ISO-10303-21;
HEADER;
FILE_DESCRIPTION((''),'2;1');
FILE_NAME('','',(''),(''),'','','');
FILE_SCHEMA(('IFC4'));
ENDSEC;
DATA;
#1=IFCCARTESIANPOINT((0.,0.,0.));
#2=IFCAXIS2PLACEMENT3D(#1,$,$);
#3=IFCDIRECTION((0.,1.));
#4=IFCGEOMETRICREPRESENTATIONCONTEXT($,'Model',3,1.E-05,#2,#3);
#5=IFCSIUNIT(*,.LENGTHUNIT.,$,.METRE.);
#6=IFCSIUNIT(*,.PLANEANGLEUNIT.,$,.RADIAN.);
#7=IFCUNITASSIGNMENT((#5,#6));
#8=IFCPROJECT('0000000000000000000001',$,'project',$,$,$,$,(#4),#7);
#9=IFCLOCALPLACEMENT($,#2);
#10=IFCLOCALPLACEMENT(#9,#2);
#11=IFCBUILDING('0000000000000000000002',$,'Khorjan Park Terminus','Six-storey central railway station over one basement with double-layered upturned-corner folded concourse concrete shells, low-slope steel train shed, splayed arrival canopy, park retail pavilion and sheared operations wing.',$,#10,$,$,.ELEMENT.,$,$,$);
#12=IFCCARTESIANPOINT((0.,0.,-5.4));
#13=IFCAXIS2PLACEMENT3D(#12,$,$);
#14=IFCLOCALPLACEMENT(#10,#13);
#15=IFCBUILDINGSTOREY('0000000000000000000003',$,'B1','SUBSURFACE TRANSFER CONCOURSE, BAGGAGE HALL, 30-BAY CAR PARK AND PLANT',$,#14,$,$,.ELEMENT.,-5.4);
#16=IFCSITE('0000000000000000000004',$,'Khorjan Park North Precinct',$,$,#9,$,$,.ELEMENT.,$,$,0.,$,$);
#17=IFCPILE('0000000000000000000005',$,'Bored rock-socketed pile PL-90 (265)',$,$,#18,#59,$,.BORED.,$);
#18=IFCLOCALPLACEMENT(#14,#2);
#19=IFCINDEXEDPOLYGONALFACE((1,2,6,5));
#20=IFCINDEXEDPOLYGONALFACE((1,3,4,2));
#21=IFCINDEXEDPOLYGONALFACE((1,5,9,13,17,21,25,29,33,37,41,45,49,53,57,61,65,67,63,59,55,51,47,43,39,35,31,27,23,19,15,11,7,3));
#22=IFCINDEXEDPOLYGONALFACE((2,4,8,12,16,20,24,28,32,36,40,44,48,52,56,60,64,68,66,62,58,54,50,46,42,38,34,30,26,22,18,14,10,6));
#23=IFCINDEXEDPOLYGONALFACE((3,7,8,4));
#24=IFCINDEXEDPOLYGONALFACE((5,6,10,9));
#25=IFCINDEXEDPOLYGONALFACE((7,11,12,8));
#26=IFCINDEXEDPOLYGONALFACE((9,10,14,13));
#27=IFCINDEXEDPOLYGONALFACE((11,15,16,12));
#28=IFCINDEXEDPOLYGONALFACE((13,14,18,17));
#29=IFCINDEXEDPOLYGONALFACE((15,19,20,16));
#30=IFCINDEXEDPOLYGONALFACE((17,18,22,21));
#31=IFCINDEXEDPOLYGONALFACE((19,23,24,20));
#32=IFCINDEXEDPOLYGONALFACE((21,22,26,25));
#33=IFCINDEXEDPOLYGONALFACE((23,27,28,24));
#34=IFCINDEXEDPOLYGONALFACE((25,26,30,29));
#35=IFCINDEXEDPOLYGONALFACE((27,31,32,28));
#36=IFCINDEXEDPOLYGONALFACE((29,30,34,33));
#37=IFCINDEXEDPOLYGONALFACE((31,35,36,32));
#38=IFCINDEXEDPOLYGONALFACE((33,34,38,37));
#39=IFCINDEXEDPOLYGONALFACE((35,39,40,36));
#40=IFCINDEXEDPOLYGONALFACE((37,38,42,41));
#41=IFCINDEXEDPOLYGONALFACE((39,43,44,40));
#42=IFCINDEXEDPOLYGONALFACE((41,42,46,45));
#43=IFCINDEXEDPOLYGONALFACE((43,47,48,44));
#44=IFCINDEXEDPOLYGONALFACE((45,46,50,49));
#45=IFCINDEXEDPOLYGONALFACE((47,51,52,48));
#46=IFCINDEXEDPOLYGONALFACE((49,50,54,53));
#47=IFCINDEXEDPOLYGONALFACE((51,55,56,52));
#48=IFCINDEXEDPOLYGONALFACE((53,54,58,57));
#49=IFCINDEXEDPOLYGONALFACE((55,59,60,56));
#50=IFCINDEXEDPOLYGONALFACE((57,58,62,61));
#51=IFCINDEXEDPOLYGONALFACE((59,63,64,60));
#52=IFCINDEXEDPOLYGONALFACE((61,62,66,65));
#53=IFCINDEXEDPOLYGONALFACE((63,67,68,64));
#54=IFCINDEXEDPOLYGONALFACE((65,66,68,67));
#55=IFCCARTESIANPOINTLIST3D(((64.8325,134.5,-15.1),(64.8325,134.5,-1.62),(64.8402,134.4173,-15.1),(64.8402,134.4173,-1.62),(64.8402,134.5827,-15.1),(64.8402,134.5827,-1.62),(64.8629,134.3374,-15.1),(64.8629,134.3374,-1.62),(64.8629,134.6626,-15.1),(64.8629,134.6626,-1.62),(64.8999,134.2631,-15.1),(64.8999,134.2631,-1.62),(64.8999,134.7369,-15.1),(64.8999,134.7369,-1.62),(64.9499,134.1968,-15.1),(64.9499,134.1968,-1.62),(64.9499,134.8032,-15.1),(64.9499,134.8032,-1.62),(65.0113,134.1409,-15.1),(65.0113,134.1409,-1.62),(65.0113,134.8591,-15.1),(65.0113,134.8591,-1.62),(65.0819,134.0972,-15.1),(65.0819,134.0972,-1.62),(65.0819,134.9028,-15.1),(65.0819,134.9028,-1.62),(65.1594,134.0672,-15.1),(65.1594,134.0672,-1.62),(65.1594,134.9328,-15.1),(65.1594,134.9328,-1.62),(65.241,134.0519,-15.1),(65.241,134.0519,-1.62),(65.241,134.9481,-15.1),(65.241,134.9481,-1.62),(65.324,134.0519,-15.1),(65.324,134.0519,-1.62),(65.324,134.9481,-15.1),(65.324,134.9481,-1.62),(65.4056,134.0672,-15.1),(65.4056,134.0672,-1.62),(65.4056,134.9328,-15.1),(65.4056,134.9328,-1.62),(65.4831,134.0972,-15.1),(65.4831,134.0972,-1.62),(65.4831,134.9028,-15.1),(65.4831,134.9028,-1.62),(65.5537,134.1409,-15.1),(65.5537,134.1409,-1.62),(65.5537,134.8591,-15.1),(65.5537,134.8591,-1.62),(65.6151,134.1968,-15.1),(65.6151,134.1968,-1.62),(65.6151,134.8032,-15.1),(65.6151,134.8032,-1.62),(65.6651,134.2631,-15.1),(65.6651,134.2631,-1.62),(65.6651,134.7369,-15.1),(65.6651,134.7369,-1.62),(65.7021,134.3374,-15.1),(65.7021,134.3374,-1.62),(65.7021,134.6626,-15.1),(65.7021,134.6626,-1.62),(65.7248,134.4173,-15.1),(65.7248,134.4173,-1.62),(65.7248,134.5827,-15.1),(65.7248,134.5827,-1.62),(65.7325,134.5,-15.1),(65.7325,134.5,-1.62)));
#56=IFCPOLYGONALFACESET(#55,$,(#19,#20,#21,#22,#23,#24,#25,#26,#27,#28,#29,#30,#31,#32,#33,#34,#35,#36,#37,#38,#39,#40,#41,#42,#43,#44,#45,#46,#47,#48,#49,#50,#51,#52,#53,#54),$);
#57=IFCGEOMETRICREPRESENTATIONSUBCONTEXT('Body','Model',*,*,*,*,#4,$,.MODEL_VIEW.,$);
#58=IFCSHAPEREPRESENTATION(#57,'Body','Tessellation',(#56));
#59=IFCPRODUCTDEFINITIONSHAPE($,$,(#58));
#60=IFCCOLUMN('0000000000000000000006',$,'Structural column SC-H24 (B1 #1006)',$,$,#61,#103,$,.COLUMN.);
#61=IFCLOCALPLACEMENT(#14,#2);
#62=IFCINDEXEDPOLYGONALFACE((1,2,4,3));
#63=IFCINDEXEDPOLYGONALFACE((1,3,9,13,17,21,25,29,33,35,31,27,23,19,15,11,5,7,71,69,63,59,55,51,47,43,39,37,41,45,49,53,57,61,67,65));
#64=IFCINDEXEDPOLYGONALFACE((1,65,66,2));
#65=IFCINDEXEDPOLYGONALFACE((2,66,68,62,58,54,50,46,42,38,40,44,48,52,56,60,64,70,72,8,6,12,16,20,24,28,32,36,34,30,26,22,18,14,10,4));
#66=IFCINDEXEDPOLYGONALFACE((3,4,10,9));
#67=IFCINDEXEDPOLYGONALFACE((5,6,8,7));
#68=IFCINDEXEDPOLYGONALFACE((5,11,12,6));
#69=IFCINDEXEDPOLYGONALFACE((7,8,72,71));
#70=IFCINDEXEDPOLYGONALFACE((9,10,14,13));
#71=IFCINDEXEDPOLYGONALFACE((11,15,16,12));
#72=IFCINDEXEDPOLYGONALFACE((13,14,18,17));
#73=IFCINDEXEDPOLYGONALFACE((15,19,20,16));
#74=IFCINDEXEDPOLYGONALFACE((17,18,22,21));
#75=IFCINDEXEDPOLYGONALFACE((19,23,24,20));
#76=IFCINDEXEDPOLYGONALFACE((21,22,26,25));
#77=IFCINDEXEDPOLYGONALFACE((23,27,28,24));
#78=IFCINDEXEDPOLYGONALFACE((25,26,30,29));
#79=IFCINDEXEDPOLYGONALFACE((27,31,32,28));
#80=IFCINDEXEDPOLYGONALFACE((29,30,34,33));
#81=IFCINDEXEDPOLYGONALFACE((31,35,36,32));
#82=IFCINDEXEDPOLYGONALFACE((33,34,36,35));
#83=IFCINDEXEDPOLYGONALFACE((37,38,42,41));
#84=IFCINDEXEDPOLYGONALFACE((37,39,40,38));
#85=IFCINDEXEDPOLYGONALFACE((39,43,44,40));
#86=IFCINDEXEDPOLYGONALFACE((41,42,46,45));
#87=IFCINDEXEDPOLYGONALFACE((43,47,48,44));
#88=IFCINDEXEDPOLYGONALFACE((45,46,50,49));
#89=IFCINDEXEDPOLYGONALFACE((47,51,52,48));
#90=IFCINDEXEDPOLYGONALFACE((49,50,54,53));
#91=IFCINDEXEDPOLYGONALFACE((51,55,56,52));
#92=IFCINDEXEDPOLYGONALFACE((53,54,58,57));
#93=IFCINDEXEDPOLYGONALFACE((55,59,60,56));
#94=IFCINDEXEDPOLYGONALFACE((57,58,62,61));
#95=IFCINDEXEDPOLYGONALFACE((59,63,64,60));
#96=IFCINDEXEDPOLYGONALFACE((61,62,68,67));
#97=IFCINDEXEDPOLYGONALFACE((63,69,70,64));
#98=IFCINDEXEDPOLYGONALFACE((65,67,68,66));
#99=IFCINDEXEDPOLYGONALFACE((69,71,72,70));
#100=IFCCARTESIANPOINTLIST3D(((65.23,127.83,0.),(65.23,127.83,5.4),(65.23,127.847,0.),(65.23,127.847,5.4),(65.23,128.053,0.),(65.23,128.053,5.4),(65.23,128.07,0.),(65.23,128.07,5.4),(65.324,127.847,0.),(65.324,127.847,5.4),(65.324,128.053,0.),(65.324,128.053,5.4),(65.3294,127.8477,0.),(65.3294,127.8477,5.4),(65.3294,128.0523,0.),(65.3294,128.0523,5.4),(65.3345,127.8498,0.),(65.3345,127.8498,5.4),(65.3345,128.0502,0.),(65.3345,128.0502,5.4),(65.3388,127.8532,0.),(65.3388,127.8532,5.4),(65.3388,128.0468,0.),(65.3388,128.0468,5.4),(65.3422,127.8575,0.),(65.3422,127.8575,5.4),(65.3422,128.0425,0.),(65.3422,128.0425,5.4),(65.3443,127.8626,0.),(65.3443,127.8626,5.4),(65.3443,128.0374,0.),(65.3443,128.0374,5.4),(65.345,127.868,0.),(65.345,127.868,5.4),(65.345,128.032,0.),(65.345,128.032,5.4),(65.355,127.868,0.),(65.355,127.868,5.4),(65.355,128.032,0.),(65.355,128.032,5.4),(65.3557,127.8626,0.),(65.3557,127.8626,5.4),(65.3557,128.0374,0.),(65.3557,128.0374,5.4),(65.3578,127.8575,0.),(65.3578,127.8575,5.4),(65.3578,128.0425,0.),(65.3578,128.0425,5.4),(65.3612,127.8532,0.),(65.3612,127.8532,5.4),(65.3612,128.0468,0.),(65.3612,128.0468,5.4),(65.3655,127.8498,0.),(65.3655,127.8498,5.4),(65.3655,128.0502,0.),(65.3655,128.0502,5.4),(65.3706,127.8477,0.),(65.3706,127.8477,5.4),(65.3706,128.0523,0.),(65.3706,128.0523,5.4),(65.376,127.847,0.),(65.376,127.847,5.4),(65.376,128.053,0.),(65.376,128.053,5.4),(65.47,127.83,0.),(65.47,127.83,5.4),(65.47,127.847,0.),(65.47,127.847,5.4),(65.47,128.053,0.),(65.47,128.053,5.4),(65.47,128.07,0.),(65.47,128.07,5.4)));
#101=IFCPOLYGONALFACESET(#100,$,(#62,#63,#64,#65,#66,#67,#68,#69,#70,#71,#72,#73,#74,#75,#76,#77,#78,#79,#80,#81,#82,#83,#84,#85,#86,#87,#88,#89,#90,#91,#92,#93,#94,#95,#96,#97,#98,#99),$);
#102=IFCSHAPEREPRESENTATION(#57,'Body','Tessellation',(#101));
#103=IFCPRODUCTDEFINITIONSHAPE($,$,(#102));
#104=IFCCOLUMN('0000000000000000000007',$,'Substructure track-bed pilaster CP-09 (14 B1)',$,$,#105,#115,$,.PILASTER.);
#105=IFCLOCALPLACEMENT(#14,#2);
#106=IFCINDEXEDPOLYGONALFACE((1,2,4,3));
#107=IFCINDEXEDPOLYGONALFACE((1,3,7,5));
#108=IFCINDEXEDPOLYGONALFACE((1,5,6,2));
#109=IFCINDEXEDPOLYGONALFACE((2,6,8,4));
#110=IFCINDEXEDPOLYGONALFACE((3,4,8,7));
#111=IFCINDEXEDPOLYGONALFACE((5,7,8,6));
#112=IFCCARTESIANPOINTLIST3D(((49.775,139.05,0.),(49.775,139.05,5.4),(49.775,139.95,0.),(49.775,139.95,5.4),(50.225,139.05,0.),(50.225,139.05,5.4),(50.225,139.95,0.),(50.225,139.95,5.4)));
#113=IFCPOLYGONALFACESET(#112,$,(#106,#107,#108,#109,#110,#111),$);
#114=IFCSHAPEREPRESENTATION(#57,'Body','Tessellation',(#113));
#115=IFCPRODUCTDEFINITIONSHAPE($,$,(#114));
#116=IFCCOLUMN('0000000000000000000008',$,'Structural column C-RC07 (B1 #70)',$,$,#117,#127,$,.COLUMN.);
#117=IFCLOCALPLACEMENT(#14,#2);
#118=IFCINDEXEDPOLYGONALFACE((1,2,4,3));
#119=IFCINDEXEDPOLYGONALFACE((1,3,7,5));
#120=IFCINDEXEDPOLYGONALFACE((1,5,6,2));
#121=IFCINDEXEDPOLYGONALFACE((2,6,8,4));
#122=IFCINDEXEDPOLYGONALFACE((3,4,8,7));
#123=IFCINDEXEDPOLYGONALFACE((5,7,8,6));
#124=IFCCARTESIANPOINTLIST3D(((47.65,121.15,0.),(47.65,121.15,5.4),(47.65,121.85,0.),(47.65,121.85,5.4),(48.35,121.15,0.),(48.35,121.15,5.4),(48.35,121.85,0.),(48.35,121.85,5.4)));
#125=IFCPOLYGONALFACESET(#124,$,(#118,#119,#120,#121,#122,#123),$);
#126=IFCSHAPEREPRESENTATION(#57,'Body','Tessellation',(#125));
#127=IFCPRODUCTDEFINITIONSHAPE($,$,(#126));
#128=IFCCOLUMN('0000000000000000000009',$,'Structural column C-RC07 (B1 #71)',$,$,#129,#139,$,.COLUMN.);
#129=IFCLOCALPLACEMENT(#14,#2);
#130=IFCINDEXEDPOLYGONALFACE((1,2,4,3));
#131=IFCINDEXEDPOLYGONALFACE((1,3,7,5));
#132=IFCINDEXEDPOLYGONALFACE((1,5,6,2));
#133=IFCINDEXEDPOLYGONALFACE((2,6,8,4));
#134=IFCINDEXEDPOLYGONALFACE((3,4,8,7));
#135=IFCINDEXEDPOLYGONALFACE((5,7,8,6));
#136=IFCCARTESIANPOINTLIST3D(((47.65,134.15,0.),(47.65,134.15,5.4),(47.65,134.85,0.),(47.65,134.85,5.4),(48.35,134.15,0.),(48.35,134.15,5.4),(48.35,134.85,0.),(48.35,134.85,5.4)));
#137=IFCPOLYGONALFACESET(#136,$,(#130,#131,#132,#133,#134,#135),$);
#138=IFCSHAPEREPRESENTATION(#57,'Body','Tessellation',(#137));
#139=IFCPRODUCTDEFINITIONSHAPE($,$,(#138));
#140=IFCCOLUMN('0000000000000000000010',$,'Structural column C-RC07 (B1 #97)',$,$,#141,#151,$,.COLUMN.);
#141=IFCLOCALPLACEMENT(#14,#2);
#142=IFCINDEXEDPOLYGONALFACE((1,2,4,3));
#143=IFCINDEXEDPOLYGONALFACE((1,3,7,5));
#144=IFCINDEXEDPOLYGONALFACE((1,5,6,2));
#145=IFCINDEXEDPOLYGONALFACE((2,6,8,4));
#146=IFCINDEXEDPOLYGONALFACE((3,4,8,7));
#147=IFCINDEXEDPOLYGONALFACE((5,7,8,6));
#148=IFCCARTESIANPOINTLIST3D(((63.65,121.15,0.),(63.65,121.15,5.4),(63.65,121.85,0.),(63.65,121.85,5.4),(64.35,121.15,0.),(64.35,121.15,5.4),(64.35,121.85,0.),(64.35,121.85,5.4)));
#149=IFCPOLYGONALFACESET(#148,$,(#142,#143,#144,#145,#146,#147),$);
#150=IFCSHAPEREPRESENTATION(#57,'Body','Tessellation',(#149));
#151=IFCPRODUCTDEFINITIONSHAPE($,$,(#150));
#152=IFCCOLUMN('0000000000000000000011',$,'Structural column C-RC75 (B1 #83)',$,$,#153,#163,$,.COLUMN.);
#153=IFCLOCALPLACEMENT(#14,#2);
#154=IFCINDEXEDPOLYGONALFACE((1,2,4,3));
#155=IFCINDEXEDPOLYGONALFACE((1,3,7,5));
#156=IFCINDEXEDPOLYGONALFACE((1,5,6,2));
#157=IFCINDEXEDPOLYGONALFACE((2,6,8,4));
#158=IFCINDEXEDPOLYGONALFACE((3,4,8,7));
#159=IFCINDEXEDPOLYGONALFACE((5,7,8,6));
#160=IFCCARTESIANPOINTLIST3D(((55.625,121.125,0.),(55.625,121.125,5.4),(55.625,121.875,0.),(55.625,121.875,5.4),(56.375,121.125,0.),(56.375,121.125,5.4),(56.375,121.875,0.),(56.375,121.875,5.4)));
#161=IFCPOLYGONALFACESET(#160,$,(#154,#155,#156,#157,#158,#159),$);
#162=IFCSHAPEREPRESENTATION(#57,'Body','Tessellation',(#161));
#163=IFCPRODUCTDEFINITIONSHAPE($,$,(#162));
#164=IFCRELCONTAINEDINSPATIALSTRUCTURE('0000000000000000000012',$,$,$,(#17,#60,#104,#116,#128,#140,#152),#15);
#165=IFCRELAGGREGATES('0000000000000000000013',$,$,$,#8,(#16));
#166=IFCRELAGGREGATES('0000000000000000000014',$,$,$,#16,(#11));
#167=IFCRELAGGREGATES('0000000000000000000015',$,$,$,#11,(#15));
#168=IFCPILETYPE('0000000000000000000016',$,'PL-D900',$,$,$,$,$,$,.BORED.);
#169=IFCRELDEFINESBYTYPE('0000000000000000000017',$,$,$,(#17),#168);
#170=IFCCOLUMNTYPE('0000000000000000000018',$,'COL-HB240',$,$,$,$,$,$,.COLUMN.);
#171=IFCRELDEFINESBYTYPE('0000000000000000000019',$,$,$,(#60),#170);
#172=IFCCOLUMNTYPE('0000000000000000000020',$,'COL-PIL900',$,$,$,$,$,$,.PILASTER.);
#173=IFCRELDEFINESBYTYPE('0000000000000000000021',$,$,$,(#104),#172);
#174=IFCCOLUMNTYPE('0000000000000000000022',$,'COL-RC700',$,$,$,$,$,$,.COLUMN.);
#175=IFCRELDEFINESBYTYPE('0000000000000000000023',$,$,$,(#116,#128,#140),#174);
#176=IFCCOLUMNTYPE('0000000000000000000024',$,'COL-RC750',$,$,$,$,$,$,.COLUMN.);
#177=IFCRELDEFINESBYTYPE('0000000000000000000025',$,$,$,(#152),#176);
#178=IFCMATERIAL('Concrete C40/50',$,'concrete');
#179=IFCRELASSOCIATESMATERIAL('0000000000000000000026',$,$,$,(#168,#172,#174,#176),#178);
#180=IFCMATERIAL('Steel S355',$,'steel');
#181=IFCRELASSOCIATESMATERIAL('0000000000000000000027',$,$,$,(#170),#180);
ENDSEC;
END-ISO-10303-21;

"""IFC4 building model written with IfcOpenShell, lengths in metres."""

from ifc_helpers import new_model, si_unit, direction, frame, origin, origin_2d, place, context, subcontext, project, spatial, rectangle, circle, i_section, extrude, material, material_profile, profile_set, type_object, element, save


model = new_model("IFC4")

# Units and contexts
model_context = context("Model", 3, precision=1e-05, world=origin(), true_north=direction((0.0, 1.0)))
body_context = subcontext(model_context, "Body", "Model", "MODEL_VIEW")
ifc_project = project(units=[si_unit("LENGTHUNIT", "METRE"), si_unit("PLANEANGLEUNIT", "RADIAN")], contexts=[model_context])

# Site, building, storey
site_placement = place(None, origin())
site = spatial("IfcSite", under=ifc_project, at=site_placement, Name="Khorjan Park North Precinct", CompositionType="ELEMENT", RefElevation=0.0)
building_placement = place(site_placement, origin())
building = spatial("IfcBuilding", under=site, at=building_placement, Name="Khorjan Park Terminus", Description="Six-storey central railway station over one basement with double-layered upturned-corner folded concourse concrete shells, low-slope steel train shed, splayed arrival canopy, park retail pavilion and sheared operations wing.", CompositionType="ELEMENT")
storey_placement = place(building_placement, frame((0.0, 0.0, -5.4)))
storey = spatial("IfcBuildingStorey", under=building, at=storey_placement, Name="B1", Description="SUBSURFACE TRANSFER CONCOURSE, BAGGAGE HALL, 30-BAY CAR PARK AND PLANT", CompositionType="ELEMENT", Elevation=-5.4)

# Shared definitions
ifc_material_1 = material(Name="Concrete C40/50", Category="concrete")

# Pile
ifc_material_profile_1 = material_profile(ifc_material_1, circle(Radius=0.45, at=origin_2d()), Name="BORED D900")
ifc_profile_set_1 = profile_set([ifc_material_profile_1], Name="Concrete C40/50")
pile_type_1 = type_object("IfcPileType", Name="PL-D900", PredefinedType="BORED", material=ifc_profile_set_1)
for number, where, z_axis, x_axis, name in (
    (1, (65.2825, 134.5, -1.62), (0.0, 0.0, -1.0), (1.0, 0.0, 0.0), "Bored rock-socketed pile PL-90 (265)"),
):
    element("IfcPile", number, at=place(storey_placement, frame(where, z_axis=z_axis, x_axis=x_axis)), inside=storey, type_object=pile_type_1, Name=name, PredefinedType="BORED", context=body_context, shape_type="SweptSolid", body=[
        extrude(circle(Radius=0.45, at=origin_2d()), origin(), (0.0, 0.0, 1.0), 13.48),
    ])

# Columns
ifc_material_2 = material(Name="Steel S355", Category="steel")
ifc_material_profile_2 = material_profile(ifc_material_2, i_section(OverallWidth=0.24, OverallDepth=0.24, WebThickness=0.01, FlangeThickness=0.017, FilletRadius=0.021, at=origin_2d()), Name="HEB 240")
ifc_profile_set_2 = profile_set([ifc_material_profile_2], Name="Steel S355")
column_type_1 = type_object("IfcColumnType", Name="COL-HB240", PredefinedType="COLUMN", material=ifc_profile_set_2)
column_1_placement = place(storey_placement, frame((65.35, 127.95, 0.0), z_axis=(0.0, 0.0, 1.0), x_axis=(1.0, 0.0, 0.0)))
element("IfcColumn", 2, at=column_1_placement, inside=storey, type_object=column_type_1, Name="Structural column SC-H24 (B1 #1006)", PredefinedType="COLUMN", context=body_context, shape_type="SweptSolid", body=[
    extrude(i_section(OverallWidth=0.24, OverallDepth=0.24, WebThickness=0.01, FlangeThickness=0.017, FilletRadius=0.021, at=origin_2d()), origin(), (0.0, 0.0, 1.0), 5.4),
])
ifc_material_profile_3 = material_profile(ifc_material_1, rectangle(XDim=0.45, YDim=0.9, at=origin_2d()), Name="RC 450x900")
ifc_profile_set_3 = profile_set([ifc_material_profile_3], Name="Concrete C40/50")
column_type_2 = type_object("IfcColumnType", Name="COL-PIL900", PredefinedType="PILASTER", material=ifc_profile_set_3)
column_2_placement = place(storey_placement, frame((50.0, 139.5, 0.0), z_axis=(0.0, 0.0, 1.0), x_axis=(1.0, 0.0, 0.0)))
element("IfcColumn", 3, at=column_2_placement, inside=storey, type_object=column_type_2, Name="Substructure track-bed pilaster CP-09 (14 B1)", PredefinedType="PILASTER", context=body_context, shape_type="SweptSolid", body=[
    extrude(rectangle(XDim=0.45, YDim=0.9, at=origin_2d()), origin(), (0.0, 0.0, 1.0), 5.4),
])
ifc_material_profile_4 = material_profile(ifc_material_1, rectangle(XDim=0.7, YDim=0.7, at=origin_2d()), Name="RC 700x700")
ifc_profile_set_4 = profile_set([ifc_material_profile_4], Name="Concrete C40/50")
column_type_3 = type_object("IfcColumnType", Name="COL-RC700", PredefinedType="COLUMN", material=ifc_profile_set_4)
for number, where, z_axis, x_axis, name in (
    (4, (48.0, 121.5, 0.0), (0.0, 0.0, 1.0), (1.0, 0.0, 0.0), "Structural column C-RC07 (B1 #70)"),
    (5, (48.0, 134.5, 0.0), (0.0, 0.0, 1.0), (1.0, 0.0, 0.0), "Structural column C-RC07 (B1 #71)"),
    (6, (64.0, 121.5, 0.0), (0.0, 0.0, 1.0), (1.0, 0.0, 0.0), "Structural column C-RC07 (B1 #97)"),
):
    element("IfcColumn", number, at=place(storey_placement, frame(where, z_axis=z_axis, x_axis=x_axis)), inside=storey, type_object=column_type_3, Name=name, PredefinedType="COLUMN", context=body_context, shape_type="SweptSolid", body=[
        extrude(rectangle(XDim=0.7, YDim=0.7, at=origin_2d()), origin(), (0.0, 0.0, 1.0), 5.4),
    ])
ifc_material_profile_5 = material_profile(ifc_material_1, rectangle(XDim=0.75, YDim=0.75, at=origin_2d()), Name="RC 750x750")
ifc_profile_set_5 = profile_set([ifc_material_profile_5], Name="Concrete C40/50")
column_type_4 = type_object("IfcColumnType", Name="COL-RC750", PredefinedType="COLUMN", material=ifc_profile_set_5)
column_3_placement = place(storey_placement, frame((56.0, 121.5, 0.0), z_axis=(0.0, 0.0, 1.0), x_axis=(1.0, 0.0, 0.0)))
element("IfcColumn", 7, at=column_3_placement, inside=storey, type_object=column_type_4, Name="Structural column C-RC75 (B1 #83)", PredefinedType="COLUMN", context=body_context, shape_type="SweptSolid", body=[
    extrude(rectangle(XDim=0.75, YDim=0.75, at=origin_2d()), origin(), (0.0, 0.0, 1.0), 5.4),
])

save(model, "model.ifc")
